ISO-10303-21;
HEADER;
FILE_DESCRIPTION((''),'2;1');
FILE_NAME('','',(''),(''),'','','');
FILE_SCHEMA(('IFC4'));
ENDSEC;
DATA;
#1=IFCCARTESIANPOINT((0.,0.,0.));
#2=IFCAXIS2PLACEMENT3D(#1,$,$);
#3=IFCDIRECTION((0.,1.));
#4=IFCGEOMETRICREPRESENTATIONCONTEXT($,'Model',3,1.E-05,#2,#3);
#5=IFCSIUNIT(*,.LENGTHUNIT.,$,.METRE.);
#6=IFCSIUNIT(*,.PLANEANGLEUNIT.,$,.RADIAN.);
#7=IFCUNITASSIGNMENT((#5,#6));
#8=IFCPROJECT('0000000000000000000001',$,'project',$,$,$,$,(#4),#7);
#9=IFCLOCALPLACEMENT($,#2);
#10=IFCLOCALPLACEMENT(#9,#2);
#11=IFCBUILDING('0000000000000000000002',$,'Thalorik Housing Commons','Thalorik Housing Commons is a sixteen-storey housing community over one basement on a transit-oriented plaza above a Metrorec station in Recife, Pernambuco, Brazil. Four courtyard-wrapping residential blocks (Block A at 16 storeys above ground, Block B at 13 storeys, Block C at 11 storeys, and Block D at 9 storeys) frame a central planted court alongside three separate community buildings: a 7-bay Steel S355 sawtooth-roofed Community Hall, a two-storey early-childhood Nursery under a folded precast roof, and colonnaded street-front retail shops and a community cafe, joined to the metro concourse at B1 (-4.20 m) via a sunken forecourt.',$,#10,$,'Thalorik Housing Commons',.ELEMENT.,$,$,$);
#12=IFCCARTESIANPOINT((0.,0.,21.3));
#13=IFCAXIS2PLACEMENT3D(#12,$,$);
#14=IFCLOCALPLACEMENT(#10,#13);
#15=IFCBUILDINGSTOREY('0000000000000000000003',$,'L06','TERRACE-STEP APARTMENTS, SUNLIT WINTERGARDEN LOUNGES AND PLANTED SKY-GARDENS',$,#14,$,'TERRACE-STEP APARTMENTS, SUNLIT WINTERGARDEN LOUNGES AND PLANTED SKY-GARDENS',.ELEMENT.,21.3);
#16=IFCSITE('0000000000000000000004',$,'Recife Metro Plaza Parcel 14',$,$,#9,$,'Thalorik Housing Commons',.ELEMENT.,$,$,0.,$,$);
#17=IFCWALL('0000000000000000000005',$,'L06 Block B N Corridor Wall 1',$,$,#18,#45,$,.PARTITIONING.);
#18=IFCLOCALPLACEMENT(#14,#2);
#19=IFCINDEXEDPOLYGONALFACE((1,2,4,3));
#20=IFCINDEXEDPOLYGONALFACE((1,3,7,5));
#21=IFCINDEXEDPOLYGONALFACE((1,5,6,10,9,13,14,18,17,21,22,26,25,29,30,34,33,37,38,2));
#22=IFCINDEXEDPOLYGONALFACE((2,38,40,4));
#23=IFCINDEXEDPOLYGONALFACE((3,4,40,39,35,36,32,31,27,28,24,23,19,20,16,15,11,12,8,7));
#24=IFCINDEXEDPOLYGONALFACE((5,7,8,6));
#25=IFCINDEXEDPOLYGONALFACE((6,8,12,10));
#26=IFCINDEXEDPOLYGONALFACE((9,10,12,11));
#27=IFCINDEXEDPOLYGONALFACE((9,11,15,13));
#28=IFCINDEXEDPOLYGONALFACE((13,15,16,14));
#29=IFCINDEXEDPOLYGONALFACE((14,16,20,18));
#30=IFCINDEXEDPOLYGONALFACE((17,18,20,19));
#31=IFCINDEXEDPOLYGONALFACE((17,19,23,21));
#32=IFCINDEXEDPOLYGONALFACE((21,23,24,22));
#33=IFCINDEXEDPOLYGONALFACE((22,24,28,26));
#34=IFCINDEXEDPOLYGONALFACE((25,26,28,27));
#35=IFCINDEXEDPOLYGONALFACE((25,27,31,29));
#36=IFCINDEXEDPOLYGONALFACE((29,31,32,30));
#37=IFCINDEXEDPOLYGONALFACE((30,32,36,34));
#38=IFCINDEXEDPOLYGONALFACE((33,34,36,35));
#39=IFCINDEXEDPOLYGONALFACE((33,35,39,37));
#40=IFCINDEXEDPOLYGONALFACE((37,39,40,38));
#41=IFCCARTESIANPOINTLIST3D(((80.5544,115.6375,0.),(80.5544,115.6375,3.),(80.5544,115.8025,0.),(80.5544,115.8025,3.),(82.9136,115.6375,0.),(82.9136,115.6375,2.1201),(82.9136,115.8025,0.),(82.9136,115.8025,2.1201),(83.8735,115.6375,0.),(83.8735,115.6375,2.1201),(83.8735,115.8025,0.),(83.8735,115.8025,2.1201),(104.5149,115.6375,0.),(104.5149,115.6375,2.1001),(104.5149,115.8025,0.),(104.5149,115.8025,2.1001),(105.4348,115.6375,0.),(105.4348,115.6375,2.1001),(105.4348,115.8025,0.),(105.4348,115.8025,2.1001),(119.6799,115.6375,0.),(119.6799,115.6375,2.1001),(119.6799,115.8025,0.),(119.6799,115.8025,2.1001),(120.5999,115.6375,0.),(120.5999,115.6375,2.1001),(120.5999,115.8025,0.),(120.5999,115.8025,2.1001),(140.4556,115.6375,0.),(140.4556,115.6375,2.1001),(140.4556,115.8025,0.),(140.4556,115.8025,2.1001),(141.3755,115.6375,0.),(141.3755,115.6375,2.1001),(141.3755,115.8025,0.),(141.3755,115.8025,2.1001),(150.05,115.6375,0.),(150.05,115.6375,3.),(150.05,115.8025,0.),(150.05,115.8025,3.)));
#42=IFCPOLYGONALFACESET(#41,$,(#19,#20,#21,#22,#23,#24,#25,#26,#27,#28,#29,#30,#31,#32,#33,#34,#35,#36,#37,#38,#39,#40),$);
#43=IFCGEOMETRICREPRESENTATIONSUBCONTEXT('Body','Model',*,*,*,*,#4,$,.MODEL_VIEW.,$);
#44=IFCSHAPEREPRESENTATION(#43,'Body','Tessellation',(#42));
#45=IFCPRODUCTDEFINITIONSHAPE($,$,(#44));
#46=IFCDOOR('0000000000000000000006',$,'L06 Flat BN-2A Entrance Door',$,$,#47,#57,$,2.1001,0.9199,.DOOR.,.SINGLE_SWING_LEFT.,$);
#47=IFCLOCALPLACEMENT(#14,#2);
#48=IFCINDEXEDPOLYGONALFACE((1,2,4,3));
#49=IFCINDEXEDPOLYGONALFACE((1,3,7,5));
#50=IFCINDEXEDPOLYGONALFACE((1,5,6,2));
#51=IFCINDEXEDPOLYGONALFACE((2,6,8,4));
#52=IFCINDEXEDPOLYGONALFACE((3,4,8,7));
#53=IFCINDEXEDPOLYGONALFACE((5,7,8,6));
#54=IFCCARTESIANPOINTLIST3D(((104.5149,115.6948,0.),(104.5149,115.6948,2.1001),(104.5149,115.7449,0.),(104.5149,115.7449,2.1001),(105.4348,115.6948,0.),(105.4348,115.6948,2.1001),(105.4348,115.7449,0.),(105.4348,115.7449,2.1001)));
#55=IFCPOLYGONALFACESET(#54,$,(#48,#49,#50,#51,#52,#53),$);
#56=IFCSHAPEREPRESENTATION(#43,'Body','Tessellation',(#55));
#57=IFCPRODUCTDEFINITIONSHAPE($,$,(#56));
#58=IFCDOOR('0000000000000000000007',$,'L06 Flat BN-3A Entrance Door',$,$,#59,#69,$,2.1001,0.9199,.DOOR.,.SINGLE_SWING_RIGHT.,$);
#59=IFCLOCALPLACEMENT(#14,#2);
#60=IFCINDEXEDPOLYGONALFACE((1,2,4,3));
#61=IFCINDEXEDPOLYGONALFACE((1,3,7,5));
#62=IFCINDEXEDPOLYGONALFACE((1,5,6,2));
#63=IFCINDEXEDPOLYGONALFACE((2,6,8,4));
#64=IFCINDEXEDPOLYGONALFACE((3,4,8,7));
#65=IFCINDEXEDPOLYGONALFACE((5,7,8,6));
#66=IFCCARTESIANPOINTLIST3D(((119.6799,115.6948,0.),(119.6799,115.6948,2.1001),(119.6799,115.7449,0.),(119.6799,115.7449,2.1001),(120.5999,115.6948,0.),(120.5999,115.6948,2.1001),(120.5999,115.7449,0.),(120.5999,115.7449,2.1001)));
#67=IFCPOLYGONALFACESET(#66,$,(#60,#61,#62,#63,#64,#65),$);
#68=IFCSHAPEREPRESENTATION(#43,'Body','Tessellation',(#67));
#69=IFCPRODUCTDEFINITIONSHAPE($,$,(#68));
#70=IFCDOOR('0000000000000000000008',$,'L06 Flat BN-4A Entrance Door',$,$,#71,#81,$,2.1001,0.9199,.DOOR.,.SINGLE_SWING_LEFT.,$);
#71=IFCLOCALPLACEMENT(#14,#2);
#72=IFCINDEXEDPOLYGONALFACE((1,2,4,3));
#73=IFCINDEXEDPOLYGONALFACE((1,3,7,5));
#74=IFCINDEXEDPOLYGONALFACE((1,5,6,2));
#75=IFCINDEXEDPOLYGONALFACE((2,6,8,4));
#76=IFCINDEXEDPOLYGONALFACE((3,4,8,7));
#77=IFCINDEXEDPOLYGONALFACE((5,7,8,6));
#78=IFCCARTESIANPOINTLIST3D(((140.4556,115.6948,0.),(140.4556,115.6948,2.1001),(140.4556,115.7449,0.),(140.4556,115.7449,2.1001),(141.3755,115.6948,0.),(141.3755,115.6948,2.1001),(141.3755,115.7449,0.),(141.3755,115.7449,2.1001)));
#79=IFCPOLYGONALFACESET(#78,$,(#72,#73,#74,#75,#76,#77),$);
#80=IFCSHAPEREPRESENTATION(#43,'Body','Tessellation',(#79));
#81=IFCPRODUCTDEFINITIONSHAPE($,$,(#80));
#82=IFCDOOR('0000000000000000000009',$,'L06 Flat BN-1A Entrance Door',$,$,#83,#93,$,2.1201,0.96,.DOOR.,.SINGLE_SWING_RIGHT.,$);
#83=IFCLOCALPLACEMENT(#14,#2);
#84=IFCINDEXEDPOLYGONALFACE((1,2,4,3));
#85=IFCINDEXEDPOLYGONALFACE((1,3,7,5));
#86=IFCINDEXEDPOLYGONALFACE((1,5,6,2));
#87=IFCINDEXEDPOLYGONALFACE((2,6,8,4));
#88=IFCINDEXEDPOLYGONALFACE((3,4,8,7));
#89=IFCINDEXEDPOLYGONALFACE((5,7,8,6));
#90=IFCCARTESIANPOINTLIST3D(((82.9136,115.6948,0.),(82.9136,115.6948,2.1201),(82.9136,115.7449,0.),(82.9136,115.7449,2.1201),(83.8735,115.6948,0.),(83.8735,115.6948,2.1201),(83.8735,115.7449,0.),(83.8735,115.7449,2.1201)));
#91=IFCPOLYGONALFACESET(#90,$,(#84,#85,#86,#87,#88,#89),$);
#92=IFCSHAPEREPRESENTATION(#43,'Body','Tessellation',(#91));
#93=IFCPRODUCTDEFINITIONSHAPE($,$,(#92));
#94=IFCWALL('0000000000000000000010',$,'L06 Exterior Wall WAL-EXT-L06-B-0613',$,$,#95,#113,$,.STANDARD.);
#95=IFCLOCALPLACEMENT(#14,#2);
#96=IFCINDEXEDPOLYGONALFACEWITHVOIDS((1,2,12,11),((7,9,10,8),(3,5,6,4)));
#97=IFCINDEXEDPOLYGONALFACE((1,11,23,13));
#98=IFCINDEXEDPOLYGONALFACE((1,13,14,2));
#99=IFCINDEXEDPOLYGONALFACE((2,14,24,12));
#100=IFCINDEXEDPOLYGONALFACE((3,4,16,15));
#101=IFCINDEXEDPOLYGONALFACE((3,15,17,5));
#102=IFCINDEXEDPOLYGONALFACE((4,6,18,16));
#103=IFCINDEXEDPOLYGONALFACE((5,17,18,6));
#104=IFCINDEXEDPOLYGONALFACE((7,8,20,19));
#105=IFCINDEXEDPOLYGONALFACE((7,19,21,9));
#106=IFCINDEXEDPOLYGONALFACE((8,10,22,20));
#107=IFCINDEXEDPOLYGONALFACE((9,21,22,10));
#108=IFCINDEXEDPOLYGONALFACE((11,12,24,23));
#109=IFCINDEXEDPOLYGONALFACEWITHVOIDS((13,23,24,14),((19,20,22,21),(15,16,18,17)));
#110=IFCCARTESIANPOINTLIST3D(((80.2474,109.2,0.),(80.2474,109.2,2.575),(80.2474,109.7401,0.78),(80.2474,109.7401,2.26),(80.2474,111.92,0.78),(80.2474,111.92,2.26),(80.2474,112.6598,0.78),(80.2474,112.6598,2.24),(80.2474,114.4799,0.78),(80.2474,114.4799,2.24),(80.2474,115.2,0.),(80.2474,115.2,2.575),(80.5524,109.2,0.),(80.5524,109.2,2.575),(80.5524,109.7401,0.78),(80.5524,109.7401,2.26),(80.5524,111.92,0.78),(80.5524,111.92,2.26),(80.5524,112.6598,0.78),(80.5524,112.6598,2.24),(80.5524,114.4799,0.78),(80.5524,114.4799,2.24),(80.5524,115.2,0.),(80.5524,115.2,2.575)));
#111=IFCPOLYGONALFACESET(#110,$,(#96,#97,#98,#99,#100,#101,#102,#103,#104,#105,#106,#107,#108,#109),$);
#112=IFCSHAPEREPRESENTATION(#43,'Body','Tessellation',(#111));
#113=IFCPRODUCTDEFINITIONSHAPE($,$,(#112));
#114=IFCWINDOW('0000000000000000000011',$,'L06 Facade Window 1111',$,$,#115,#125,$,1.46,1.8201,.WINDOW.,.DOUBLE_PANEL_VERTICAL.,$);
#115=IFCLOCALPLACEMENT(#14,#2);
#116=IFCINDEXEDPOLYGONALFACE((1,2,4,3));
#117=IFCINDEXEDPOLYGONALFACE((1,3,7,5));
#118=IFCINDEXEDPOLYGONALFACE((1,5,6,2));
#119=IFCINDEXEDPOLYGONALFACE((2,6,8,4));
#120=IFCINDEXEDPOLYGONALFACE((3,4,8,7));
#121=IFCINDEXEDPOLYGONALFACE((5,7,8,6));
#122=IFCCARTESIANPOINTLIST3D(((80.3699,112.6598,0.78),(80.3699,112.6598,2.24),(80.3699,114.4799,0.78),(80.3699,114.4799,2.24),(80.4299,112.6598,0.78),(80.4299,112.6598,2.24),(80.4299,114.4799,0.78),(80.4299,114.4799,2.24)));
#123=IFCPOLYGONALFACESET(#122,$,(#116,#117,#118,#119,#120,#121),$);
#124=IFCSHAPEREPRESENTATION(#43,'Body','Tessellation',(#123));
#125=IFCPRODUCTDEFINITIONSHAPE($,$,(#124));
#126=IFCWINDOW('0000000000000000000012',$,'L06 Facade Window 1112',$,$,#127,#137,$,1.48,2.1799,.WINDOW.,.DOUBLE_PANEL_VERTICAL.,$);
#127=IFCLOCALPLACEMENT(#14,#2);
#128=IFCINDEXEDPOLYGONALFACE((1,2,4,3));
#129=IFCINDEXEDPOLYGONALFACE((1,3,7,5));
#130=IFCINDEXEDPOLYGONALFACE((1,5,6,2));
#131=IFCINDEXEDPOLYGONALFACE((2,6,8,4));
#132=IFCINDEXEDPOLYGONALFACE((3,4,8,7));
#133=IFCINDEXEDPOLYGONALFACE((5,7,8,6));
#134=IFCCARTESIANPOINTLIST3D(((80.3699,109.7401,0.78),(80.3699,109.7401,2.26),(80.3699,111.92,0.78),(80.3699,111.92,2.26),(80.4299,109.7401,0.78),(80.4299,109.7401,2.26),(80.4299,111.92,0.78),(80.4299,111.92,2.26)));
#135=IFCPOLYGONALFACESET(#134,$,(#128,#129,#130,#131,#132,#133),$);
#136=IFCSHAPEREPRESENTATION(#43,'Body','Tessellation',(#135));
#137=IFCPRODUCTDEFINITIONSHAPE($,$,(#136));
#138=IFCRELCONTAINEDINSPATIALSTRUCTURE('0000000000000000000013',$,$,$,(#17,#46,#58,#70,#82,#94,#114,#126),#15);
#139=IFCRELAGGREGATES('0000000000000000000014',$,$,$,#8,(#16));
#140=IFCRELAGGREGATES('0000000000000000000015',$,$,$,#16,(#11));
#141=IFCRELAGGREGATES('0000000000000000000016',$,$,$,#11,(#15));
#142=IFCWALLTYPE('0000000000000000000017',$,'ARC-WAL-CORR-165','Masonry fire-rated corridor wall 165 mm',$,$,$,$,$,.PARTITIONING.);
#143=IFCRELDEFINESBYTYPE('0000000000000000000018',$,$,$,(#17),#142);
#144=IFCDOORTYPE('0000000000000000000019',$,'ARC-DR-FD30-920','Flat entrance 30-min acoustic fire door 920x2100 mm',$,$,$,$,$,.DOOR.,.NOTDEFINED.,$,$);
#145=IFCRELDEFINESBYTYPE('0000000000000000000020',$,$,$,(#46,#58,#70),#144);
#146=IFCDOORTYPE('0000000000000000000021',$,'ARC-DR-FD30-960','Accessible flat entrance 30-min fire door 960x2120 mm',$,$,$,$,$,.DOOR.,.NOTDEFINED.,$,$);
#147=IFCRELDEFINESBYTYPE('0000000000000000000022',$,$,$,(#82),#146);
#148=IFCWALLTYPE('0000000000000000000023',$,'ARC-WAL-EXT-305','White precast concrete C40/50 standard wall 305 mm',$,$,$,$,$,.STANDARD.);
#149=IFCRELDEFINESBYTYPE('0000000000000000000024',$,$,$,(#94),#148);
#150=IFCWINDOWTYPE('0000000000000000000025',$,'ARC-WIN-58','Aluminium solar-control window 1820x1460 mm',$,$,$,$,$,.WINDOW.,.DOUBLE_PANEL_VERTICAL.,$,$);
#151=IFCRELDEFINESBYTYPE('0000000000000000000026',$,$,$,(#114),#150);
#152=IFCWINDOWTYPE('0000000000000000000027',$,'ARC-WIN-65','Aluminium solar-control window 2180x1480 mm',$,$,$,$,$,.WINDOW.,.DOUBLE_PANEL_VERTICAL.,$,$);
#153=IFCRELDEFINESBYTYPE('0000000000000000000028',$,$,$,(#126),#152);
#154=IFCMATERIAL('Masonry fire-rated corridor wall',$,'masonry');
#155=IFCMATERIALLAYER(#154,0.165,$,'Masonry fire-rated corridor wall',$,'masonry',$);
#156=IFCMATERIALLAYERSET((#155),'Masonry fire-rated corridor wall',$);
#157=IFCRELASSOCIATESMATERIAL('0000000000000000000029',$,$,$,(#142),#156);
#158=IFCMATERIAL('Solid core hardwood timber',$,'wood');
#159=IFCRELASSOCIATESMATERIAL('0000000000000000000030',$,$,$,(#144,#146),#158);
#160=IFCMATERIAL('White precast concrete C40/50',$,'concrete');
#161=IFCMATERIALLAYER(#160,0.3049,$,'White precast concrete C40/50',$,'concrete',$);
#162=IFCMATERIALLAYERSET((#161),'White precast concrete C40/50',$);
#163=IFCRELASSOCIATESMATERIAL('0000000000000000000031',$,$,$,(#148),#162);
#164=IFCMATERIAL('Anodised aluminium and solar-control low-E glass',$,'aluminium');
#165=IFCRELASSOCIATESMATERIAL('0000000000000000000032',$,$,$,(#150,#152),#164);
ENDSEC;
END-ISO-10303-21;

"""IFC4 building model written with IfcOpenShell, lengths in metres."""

from ifc_helpers import new_model, si_unit, direction, frame, frame_2d, origin, place, context, subcontext, project, spatial, rectangle, extrude, material, layer, layer_set, type_object, element, fill, save


model = new_model("IFC4")

# Units and contexts
model_context = context("Model", 3, precision=1e-05, world=origin(), true_north=direction((0.0, 1.0)))
body_context = subcontext(model_context, "Body", "Model", "MODEL_VIEW")
ifc_project = project(units=[si_unit("LENGTHUNIT", "METRE"), si_unit("PLANEANGLEUNIT", "RADIAN")], contexts=[model_context])

# Site, building, storey
site_placement = place(None, origin())
site = spatial("IfcSite", under=ifc_project, at=site_placement, Name="Recife Metro Plaza Parcel 14", LongName="Thalorik Housing Commons", CompositionType="ELEMENT", RefElevation=0.0)
building_placement = place(site_placement, origin())
building = spatial("IfcBuilding", under=site, at=building_placement, Name="Thalorik Housing Commons", Description="Thalorik Housing Commons is a sixteen-storey housing community over one basement on a transit-oriented plaza above a Metrorec station in Recife, Pernambuco, Brazil. Four courtyard-wrapping residential blocks (Block A at 16 storeys above ground, Block B at 13 storeys, Block C at 11 storeys, and Block D at 9 storeys) frame a central planted court alongside three separate community buildings: a 7-bay Steel S355 sawtooth-roofed Community Hall, a two-storey early-childhood Nursery under a folded precast roof, and colonnaded street-front retail shops and a community cafe, joined to the metro concourse at B1 (-4.20 m) via a sunken forecourt.", LongName="Thalorik Housing Commons", CompositionType="ELEMENT")
storey_placement = place(building_placement, frame((0.0, 0.0, 21.3)))
storey = spatial("IfcBuildingStorey", under=building, at=storey_placement, Name="L06", Description="TERRACE-STEP APARTMENTS, SUNLIT WINTERGARDEN LOUNGES AND PLANTED SKY-GARDENS", LongName="TERRACE-STEP APARTMENTS, SUNLIT WINTERGARDEN LOUNGES AND PLANTED SKY-GARDENS", CompositionType="ELEMENT", Elevation=21.3)

# Wall, openings, doors
ifc_material_1 = material(Name="Masonry fire-rated corridor wall", Category="masonry")
ifc_layer_1 = layer(ifc_material_1, 0.165, Name="Masonry fire-rated corridor wall", Category="masonry")
ifc_layer_set_1 = layer_set([ifc_layer_1], Name="Masonry fire-rated corridor wall")
wall_type_1 = type_object("IfcWallType", Name="ARC-WAL-CORR-165", Description="Masonry fire-rated corridor wall 165 mm", PredefinedType="PARTITIONING", material=ifc_layer_set_1)
wall_1_placement = place(storey_placement, frame((80.5544, 115.72, 0.0), z_axis=(0.0, 0.0, 1.0), x_axis=(1.0, 0.0, 0.0)))
wall_1 = element("IfcWall", 1, at=wall_1_placement, inside=storey, type_object=wall_type_1, Name="L06 Block B N Corridor Wall 1", PredefinedType="PARTITIONING", context=body_context, shape_type="SweptSolid", body=[
    extrude(rectangle(XDim=69.4956, YDim=0.165, at=frame_2d((34.7478, 0.0))), origin(), (0.0, 0.0, 1.0), 3.0),
])
opening_1_placement = place(wall_1_placement, frame((2.3591, 0.0, 0.0)))
opening_1 = element("IfcOpeningElement", 2, at=opening_1_placement, cuts=wall_1, PredefinedType="OPENING", context=body_context, shape_type="SweptSolid", body=[
    extrude(rectangle(XDim=0.96, YDim=2.1201, at=frame_2d((0.48, 1.0601))), frame((0.0, 0.0925, 0.0), z_axis=(0.0, -1.0, 0.0), x_axis=(1.0, 0.0, 0.0)), (0.0, 0.0, 1.0), 0.1851),
])
opening_2_placement = place(wall_1_placement, frame((23.9604, 0.0, 0.0)))
opening_2 = element("IfcOpeningElement", 3, at=opening_2_placement, cuts=wall_1, PredefinedType="OPENING", context=body_context, shape_type="SweptSolid", body=[
    extrude(rectangle(XDim=0.9199, YDim=2.1001, at=frame_2d((0.46, 1.05))), frame((0.0, 0.0925, 0.0), z_axis=(0.0, -1.0, 0.0), x_axis=(1.0, 0.0, 0.0)), (0.0, 0.0, 1.0), 0.1851),
])
opening_3_placement = place(wall_1_placement, frame((39.1255, 0.0, 0.0)))
opening_3 = element("IfcOpeningElement", 4, at=opening_3_placement, cuts=wall_1, PredefinedType="OPENING", context=body_context, shape_type="SweptSolid", body=[
    extrude(rectangle(XDim=0.9199, YDim=2.1001, at=frame_2d((0.46, 1.05))), frame((0.0, 0.0925, 0.0), z_axis=(0.0, -1.0, 0.0), x_axis=(1.0, 0.0, 0.0)), (0.0, 0.0, 1.0), 0.1851),
])
opening_4_placement = place(wall_1_placement, frame((59.9011, 0.0, 0.0)))
opening_4 = element("IfcOpeningElement", 5, at=opening_4_placement, cuts=wall_1, PredefinedType="OPENING", context=body_context, shape_type="SweptSolid", body=[
    extrude(rectangle(XDim=0.9199, YDim=2.1001, at=frame_2d((0.46, 1.05))), frame((0.0, 0.0925, 0.0), z_axis=(0.0, -1.0, 0.0), x_axis=(1.0, 0.0, 0.0)), (0.0, 0.0, 1.0), 0.1851),
])
ifc_material_2 = material(Name="Solid core hardwood timber", Category="wood")
door_type_1 = type_object("IfcDoorType", Name="ARC-DR-FD30-920", Description="Flat entrance 30-min acoustic fire door 920x2100 mm", OperationType="NOTDEFINED", PredefinedType="DOOR", material=ifc_material_2)
door_1_placement = place(opening_2_placement, origin())
door_1 = element("IfcDoor", 6, at=door_1_placement, inside=storey, type_object=door_type_1, Name="L06 Flat BN-2A Entrance Door", OperationType="SINGLE_SWING_LEFT", OverallHeight=2.1001, OverallWidth=0.9199, PredefinedType="DOOR", context=body_context, shape_type="SweptSolid", body=[
    extrude(rectangle(XDim=0.9199, YDim=2.1001, at=frame_2d((0.46, 1.05))), frame((0.0, 0.0249, 0.0), z_axis=(0.0, -1.0, 0.0), x_axis=(1.0, 0.0, 0.0)), (0.0, 0.0, 1.0), 0.05),
])
fill(opening_2, door_1)
door_2_placement = place(opening_3_placement, origin())
door_2 = element("IfcDoor", 7, at=door_2_placement, inside=storey, type_object=door_type_1, Name="L06 Flat BN-3A Entrance Door", OperationType="SINGLE_SWING_RIGHT", OverallHeight=2.1001, OverallWidth=0.9199, PredefinedType="DOOR", context=body_context, shape_type="SweptSolid", body=[
    extrude(rectangle(XDim=0.9199, YDim=2.1001, at=frame_2d((0.46, 1.05))), frame((0.0, 0.0249, 0.0), z_axis=(0.0, -1.0, 0.0), x_axis=(1.0, 0.0, 0.0)), (0.0, 0.0, 1.0), 0.05),
])
fill(opening_3, door_2)
door_3_placement = place(opening_4_placement, origin())
door_3 = element("IfcDoor", 8, at=door_3_placement, inside=storey, type_object=door_type_1, Name="L06 Flat BN-4A Entrance Door", OperationType="SINGLE_SWING_LEFT", OverallHeight=2.1001, OverallWidth=0.9199, PredefinedType="DOOR", context=body_context, shape_type="SweptSolid", body=[
    extrude(rectangle(XDim=0.9199, YDim=2.1001, at=frame_2d((0.46, 1.05))), frame((0.0, 0.0249, 0.0), z_axis=(0.0, -1.0, 0.0), x_axis=(1.0, 0.0, 0.0)), (0.0, 0.0, 1.0), 0.05),
])
fill(opening_4, door_3)
door_type_2 = type_object("IfcDoorType", Name="ARC-DR-FD30-960", Description="Accessible flat entrance 30-min fire door 960x2120 mm", OperationType="NOTDEFINED", PredefinedType="DOOR", material=ifc_material_2)
door_4_placement = place(opening_1_placement, origin())
door_4 = element("IfcDoor", 9, at=door_4_placement, inside=storey, type_object=door_type_2, Name="L06 Flat BN-1A Entrance Door", OperationType="SINGLE_SWING_RIGHT", OverallHeight=2.1201, OverallWidth=0.96, PredefinedType="DOOR", context=body_context, shape_type="SweptSolid", body=[
    extrude(rectangle(XDim=0.96, YDim=2.1201, at=frame_2d((0.48, 1.0601))), frame((0.0, 0.0249, 0.0), z_axis=(0.0, -1.0, 0.0), x_axis=(1.0, 0.0, 0.0)), (0.0, 0.0, 1.0), 0.05),
])
fill(opening_1, door_4)

# Wall, openings, windows
ifc_material_3 = material(Name="White precast concrete C40/50", Category="concrete")
ifc_layer_2 = layer(ifc_material_3, 0.3049, Name="White precast concrete C40/50", Category="concrete")
ifc_layer_set_2 = layer_set([ifc_layer_2], Name="White precast concrete C40/50")
wall_type_2 = type_object("IfcWallType", Name="ARC-WAL-EXT-305", Description="White precast concrete C40/50 standard wall 305 mm", PredefinedType="STANDARD", material=ifc_layer_set_2)
wall_2_placement = place(storey_placement, frame((80.3999, 115.2, 0.0), z_axis=(0.0, 0.0, 1.0), x_axis=(0.0, -1.0, 0.0)))
wall_2 = element("IfcWall", 10, at=wall_2_placement, inside=storey, type_object=wall_type_2, Name="L06 Exterior Wall WAL-EXT-L06-B-0613", PredefinedType="STANDARD", context=body_context, shape_type="SweptSolid", body=[
    extrude(rectangle(XDim=6.0, YDim=0.3049, at=frame_2d((3.0, 0.0))), origin(), (0.0, 0.0, 1.0), 2.575),
])
opening_5_placement = place(wall_2_placement, frame((0.72, 0.0, 0.78)))
opening_5 = element("IfcOpeningElement", 11, at=opening_5_placement, cuts=wall_2, PredefinedType="OPENING", context=body_context, shape_type="SweptSolid", body=[
    extrude(rectangle(XDim=1.8201, YDim=1.46, at=frame_2d((0.9102, 0.73))), frame((0.0, 0.1626, 0.0), z_axis=(0.0, -1.0, 0.0), x_axis=(1.0, 0.0, 0.0)), (0.0, 0.0, 1.0), 0.325),
])
opening_6_placement = place(wall_2_placement, frame((3.28, 0.0, 0.78)))
opening_6 = element("IfcOpeningElement", 12, at=opening_6_placement, cuts=wall_2, PredefinedType="OPENING", context=body_context, shape_type="SweptSolid", body=[
    extrude(rectangle(XDim=2.1799, YDim=1.48, at=frame_2d((1.0898, 0.74))), frame((0.0, 0.1626, 0.0), z_axis=(0.0, -1.0, 0.0), x_axis=(1.0, 0.0, 0.0)), (0.0, 0.0, 1.0), 0.325),
])
ifc_material_4 = material(Name="Anodised aluminium and solar-control low-E glass", Category="aluminium")
window_type_1 = type_object("IfcWindowType", Name="ARC-WIN-58", Description="Aluminium solar-control window 1820x1460 mm", PartitioningType="DOUBLE_PANEL_VERTICAL", PredefinedType="WINDOW", material=ifc_material_4)
window_1_placement = place(opening_5_placement, origin())
window_1 = element("IfcWindow", 13, at=window_1_placement, inside=storey, type_object=window_type_1, Name="L06 Facade Window 1111", OverallHeight=1.46, OverallWidth=1.8201, PartitioningType="DOUBLE_PANEL_VERTICAL", PredefinedType="WINDOW", context=body_context, shape_type="SweptSolid", body=[
    extrude(rectangle(XDim=1.8201, YDim=1.46, at=frame_2d((0.9102, 0.73))), frame((0.0, 0.03, 0.0), z_axis=(0.0, -1.0, 0.0), x_axis=(1.0, 0.0, 0.0)), (0.0, 0.0, 1.0), 0.0601),
])
fill(opening_5, window_1)
window_type_2 = type_object("IfcWindowType", Name="ARC-WIN-65", Description="Aluminium solar-control window 2180x1480 mm", PartitioningType="DOUBLE_PANEL_VERTICAL", PredefinedType="WINDOW", material=ifc_material_4)
window_2_placement = place(opening_6_placement, origin())
window_2 = element("IfcWindow", 14, at=window_2_placement, inside=storey, type_object=window_type_2, Name="L06 Facade Window 1112", OverallHeight=1.48, OverallWidth=2.1799, PartitioningType="DOUBLE_PANEL_VERTICAL", PredefinedType="WINDOW", context=body_context, shape_type="SweptSolid", body=[
    extrude(rectangle(XDim=2.1799, YDim=1.48, at=frame_2d((1.0898, 0.74))), frame((0.0, 0.03, 0.0), z_axis=(0.0, -1.0, 0.0), x_axis=(1.0, 0.0, 0.0)), (0.0, 0.0, 1.0), 0.0601),
])
fill(opening_6, window_2)

save(model, "model.ifc")
